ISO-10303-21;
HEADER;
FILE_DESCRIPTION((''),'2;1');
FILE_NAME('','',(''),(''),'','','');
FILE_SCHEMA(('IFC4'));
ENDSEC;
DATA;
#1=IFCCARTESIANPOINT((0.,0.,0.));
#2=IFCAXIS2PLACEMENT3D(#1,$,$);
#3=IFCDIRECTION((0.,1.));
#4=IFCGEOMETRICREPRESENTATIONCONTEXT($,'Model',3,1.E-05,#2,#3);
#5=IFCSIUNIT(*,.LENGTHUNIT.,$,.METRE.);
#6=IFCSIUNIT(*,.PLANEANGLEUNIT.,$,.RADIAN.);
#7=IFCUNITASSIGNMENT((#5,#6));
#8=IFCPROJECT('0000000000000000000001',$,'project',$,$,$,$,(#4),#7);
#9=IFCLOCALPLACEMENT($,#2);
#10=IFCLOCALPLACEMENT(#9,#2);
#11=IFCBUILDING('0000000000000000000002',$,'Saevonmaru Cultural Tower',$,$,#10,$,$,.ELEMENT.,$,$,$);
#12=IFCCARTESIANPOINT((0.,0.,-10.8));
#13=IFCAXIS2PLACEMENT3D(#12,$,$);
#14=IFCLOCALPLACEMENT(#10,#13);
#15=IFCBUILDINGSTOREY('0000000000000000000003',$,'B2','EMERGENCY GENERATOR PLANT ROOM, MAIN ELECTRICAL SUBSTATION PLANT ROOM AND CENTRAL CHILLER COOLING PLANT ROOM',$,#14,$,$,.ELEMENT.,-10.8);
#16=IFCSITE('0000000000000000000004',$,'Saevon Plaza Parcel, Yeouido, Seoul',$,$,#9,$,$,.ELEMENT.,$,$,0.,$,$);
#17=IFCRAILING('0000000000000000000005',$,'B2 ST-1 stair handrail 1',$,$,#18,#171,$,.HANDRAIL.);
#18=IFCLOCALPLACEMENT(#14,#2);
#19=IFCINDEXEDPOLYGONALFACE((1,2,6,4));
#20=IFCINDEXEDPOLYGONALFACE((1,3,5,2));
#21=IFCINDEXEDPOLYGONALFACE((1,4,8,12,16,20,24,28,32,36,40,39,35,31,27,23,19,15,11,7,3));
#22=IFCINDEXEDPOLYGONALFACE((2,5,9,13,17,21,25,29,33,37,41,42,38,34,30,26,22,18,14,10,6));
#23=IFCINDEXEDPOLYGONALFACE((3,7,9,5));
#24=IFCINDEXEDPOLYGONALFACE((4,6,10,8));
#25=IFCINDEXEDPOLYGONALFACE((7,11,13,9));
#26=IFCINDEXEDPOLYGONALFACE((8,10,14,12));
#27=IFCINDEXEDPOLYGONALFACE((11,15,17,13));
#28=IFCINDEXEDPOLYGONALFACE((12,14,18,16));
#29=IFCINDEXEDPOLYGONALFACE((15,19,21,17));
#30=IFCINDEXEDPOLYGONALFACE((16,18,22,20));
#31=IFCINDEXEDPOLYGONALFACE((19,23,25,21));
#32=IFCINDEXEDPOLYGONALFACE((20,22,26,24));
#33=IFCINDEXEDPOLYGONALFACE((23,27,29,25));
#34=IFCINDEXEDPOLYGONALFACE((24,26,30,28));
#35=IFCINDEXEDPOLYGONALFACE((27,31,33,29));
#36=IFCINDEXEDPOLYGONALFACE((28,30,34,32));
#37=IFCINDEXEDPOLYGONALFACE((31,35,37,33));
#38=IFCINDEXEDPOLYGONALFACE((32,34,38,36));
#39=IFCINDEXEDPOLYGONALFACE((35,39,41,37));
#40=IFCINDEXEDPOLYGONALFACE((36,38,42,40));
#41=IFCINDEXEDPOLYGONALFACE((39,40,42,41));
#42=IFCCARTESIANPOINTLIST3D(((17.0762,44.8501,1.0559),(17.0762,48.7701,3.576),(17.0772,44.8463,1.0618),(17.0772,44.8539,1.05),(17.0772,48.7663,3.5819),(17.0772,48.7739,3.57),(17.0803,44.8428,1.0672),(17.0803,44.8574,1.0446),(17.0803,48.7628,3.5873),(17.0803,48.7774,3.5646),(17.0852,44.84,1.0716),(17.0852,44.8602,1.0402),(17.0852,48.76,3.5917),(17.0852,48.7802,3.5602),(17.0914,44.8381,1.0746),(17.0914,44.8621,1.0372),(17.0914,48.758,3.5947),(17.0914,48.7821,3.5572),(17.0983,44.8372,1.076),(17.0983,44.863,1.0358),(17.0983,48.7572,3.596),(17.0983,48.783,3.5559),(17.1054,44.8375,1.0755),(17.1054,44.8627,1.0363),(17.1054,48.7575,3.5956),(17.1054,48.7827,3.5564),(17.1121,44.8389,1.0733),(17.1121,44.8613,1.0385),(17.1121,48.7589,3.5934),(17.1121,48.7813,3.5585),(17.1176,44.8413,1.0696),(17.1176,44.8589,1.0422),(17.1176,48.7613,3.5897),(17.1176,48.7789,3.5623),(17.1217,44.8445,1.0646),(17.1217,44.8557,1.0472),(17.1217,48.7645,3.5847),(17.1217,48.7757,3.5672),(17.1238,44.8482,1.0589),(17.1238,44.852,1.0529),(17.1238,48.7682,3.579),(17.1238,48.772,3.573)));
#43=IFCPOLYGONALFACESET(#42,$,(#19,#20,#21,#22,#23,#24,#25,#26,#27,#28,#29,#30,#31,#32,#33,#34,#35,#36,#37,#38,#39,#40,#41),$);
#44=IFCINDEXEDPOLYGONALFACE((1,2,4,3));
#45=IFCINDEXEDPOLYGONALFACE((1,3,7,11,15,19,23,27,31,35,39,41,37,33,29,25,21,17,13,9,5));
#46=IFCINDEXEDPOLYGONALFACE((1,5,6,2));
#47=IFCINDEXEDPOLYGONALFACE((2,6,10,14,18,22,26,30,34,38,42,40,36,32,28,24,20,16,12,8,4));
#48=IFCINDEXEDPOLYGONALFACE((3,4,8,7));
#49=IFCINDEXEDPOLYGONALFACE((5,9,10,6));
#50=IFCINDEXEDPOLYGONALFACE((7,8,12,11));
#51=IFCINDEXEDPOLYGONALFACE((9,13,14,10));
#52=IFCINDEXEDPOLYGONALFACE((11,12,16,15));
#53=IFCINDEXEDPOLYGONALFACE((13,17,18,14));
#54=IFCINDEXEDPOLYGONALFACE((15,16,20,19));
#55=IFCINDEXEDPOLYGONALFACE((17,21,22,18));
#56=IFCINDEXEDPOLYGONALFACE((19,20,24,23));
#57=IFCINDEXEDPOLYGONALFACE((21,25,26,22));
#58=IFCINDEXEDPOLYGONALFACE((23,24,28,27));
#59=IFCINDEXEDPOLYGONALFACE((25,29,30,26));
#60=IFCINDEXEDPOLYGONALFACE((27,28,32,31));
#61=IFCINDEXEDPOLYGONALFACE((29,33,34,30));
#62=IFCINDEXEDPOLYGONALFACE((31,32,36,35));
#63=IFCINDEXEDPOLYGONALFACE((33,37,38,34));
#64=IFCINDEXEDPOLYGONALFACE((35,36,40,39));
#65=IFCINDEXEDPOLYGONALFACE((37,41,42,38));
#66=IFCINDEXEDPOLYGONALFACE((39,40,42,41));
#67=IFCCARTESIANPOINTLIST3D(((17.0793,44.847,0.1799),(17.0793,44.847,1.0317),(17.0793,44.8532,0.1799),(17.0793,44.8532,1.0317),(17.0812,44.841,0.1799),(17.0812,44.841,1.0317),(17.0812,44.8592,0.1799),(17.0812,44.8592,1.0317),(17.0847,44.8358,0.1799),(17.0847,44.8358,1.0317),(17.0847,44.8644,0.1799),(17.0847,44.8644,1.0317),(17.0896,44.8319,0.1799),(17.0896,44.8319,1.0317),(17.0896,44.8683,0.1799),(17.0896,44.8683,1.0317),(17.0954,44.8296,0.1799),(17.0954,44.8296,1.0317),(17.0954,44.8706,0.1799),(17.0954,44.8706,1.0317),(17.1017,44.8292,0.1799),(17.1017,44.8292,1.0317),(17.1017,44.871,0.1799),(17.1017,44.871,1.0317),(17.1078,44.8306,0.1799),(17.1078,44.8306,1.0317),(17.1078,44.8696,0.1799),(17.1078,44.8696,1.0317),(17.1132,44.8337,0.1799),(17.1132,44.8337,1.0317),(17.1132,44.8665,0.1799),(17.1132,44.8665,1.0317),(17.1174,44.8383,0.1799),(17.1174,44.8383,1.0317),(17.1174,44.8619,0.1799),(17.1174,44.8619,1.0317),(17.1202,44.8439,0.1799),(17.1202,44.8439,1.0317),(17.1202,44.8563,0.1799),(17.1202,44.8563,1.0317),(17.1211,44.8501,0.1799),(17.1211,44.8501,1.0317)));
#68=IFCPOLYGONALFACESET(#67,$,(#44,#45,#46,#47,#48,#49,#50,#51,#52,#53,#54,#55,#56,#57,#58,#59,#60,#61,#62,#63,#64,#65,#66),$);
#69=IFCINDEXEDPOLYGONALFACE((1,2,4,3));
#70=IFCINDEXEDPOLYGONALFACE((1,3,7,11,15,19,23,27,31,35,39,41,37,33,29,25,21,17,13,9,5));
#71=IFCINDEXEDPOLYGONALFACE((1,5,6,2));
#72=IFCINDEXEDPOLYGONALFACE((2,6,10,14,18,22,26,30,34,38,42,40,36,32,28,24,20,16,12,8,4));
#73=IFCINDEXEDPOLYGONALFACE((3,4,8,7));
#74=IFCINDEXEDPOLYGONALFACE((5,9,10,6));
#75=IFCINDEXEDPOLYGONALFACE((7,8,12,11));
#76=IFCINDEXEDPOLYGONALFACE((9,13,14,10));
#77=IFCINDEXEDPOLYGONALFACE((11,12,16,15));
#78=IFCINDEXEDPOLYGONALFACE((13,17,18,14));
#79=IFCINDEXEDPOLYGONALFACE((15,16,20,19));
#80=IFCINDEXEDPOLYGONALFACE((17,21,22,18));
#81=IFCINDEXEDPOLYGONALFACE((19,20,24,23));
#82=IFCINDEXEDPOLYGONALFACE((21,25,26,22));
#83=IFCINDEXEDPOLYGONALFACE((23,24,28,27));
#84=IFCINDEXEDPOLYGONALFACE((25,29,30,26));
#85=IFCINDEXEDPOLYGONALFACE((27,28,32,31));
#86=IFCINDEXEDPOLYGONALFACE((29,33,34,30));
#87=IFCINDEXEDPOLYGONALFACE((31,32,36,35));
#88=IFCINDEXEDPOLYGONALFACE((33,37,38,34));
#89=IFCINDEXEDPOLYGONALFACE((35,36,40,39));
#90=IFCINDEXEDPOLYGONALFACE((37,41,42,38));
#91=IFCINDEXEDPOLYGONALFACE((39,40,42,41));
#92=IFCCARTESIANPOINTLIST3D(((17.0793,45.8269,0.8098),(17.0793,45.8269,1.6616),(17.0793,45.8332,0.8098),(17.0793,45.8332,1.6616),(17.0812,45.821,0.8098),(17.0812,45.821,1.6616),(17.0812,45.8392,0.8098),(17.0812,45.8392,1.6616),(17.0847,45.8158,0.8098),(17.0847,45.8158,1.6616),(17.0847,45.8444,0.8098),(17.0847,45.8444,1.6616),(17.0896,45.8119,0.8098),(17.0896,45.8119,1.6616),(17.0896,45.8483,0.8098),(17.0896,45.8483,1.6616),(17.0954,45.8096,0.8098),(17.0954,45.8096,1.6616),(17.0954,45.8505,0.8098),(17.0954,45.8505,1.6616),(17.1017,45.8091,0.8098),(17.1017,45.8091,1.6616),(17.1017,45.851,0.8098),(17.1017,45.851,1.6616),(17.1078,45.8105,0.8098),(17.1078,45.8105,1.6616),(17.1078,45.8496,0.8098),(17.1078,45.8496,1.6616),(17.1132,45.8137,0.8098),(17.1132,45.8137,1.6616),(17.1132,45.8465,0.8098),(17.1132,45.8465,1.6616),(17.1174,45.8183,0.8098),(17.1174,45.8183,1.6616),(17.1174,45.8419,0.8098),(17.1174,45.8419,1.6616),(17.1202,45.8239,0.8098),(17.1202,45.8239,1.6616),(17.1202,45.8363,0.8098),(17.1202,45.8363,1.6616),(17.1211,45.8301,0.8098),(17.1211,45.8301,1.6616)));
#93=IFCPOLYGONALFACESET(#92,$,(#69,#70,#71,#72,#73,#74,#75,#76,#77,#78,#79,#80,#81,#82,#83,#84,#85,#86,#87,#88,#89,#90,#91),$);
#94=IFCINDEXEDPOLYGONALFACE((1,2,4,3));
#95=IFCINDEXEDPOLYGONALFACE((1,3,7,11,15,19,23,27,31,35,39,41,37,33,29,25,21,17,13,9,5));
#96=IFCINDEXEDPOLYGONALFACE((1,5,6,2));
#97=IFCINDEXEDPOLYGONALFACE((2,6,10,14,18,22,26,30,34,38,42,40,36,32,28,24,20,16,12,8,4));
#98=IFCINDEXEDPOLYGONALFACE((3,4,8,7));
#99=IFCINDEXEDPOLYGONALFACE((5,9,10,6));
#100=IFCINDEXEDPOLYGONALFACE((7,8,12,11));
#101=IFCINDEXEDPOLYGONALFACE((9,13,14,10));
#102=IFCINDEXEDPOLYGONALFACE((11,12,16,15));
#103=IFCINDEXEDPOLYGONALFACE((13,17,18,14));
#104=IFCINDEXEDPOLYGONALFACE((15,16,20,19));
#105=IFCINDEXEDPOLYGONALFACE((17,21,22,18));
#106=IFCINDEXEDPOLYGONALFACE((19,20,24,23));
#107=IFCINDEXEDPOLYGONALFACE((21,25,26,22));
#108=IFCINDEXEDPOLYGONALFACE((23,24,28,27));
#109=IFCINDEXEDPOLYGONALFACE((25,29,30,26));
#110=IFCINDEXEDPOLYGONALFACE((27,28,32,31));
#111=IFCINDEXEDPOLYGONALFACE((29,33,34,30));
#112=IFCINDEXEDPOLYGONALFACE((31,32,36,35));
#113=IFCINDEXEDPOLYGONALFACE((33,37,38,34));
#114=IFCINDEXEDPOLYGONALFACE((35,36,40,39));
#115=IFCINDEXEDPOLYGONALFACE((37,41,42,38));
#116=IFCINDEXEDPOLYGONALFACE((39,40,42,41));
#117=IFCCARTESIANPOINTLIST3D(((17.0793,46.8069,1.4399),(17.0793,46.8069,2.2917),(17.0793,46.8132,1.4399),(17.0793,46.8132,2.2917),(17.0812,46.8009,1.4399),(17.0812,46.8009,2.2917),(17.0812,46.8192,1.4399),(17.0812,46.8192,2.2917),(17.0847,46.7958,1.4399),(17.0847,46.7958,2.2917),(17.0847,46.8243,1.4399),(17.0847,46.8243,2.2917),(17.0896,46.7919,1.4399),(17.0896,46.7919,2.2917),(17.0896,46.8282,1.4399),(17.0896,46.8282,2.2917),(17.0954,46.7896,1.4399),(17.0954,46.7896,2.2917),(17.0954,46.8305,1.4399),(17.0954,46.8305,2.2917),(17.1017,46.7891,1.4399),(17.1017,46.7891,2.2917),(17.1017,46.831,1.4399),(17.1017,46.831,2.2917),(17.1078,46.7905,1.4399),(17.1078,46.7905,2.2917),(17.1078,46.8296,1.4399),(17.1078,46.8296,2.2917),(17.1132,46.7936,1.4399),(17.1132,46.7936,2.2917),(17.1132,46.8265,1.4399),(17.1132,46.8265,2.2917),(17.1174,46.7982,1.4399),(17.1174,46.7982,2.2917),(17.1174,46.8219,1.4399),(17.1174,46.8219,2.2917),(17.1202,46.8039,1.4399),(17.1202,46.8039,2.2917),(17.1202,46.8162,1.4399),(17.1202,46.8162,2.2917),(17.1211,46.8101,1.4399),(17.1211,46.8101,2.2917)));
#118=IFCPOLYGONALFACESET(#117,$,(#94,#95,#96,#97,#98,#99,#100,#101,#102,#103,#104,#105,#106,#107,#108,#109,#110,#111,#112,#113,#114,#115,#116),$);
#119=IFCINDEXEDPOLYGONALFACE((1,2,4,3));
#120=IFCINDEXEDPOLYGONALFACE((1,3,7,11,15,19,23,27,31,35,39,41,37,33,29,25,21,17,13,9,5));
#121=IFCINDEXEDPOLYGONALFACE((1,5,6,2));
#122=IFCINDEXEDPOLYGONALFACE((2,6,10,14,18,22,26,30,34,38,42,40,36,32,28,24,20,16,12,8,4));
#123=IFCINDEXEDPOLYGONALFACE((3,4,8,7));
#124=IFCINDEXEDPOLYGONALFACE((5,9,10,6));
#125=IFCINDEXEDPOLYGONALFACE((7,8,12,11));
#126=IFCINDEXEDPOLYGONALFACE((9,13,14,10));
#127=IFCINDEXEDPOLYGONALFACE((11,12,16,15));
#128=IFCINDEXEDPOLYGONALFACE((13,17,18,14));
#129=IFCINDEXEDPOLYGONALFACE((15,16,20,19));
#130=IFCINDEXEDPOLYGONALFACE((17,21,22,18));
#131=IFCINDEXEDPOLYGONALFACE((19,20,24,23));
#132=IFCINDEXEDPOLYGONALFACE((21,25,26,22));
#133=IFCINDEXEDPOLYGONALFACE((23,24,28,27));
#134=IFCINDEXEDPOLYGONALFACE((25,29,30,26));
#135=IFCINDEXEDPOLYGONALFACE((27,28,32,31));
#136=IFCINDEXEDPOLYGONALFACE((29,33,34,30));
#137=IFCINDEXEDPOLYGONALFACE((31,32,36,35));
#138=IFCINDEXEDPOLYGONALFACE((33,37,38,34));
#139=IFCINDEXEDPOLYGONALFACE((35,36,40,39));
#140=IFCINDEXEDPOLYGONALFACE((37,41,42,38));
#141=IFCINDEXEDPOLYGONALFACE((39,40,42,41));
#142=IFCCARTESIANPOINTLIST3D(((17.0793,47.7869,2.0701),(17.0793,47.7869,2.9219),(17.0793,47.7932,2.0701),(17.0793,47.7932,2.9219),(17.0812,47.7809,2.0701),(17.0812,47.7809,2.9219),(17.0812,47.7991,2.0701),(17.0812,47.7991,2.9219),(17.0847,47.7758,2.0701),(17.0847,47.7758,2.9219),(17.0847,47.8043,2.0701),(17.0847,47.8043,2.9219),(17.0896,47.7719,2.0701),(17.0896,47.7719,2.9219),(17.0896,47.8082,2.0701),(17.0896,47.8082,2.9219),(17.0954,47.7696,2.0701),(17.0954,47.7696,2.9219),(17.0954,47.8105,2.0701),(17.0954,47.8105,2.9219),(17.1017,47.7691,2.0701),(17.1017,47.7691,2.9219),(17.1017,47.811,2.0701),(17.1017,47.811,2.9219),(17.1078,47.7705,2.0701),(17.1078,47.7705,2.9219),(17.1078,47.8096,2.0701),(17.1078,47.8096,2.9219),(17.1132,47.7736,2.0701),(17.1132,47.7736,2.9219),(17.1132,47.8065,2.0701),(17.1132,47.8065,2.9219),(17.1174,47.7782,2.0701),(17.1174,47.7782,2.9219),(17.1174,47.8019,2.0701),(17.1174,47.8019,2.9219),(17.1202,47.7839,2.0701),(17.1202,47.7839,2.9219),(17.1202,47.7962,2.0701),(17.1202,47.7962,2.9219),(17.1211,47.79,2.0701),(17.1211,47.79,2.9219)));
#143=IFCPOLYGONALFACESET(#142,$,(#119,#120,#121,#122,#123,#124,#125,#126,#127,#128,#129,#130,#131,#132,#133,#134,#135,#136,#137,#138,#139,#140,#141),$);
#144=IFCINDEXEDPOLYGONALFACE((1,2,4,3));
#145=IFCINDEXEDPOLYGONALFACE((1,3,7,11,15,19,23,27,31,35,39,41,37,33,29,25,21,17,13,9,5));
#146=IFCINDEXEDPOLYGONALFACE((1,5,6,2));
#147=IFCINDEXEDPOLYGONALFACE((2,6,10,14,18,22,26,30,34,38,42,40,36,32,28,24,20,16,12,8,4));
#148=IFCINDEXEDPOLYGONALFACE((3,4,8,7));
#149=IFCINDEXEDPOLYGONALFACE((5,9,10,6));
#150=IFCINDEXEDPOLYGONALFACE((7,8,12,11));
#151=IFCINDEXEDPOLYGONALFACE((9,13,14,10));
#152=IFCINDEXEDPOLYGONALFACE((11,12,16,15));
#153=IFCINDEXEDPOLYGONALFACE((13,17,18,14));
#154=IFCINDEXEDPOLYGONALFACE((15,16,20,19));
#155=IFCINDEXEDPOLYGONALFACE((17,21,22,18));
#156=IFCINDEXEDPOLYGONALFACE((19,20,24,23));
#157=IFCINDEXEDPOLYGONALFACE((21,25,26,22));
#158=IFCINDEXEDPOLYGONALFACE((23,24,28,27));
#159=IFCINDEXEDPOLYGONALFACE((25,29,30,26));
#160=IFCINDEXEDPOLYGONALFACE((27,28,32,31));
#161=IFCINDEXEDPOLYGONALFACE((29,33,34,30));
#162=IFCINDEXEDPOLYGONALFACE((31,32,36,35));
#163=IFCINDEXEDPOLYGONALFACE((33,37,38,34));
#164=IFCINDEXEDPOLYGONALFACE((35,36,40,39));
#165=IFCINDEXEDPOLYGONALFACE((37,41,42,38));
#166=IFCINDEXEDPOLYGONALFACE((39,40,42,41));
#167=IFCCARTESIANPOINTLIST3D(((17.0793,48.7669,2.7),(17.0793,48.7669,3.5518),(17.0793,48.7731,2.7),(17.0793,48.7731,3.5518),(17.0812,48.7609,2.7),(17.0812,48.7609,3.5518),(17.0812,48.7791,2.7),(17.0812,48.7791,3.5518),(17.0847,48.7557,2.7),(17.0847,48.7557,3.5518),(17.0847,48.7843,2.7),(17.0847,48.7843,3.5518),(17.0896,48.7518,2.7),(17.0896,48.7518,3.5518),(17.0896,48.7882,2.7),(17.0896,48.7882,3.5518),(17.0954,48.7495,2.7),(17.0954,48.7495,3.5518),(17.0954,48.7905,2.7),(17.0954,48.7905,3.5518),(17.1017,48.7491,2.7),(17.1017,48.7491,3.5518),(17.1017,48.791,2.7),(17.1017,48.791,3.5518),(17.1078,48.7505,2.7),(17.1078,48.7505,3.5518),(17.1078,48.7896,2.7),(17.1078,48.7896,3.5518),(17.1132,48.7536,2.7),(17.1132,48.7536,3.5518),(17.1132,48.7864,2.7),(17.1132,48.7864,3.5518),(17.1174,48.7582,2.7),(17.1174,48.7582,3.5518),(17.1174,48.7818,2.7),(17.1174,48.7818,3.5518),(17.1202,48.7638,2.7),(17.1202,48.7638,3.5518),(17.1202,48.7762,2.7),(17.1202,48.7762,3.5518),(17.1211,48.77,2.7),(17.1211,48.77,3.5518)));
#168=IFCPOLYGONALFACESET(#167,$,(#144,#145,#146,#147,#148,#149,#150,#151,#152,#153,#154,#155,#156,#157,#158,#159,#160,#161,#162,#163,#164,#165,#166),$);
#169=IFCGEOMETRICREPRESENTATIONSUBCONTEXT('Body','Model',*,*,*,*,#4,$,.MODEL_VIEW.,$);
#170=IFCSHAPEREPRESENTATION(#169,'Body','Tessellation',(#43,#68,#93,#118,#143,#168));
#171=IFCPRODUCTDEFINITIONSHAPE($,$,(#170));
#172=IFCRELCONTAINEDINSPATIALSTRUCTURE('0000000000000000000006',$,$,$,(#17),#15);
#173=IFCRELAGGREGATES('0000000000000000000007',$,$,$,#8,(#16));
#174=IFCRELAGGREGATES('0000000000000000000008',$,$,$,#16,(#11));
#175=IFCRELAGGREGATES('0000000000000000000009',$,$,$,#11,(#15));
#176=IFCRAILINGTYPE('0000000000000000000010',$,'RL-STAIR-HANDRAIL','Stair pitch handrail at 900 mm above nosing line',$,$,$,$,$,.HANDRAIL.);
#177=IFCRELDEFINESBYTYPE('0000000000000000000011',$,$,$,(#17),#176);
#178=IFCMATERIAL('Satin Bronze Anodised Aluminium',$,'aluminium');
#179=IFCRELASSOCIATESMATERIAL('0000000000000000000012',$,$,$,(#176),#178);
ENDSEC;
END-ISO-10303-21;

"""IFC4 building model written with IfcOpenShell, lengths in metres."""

from ifc_helpers import new_model, si_unit, direction, frame, origin, origin_2d, place, context, subcontext, project, spatial, circle, extrude, material, type_object, element, save


model = new_model("IFC4")

# Units and contexts
model_context = context("Model", 3, precision=1e-05, world=origin(), true_north=direction((0.0, 1.0)))
body_context = subcontext(model_context, "Body", "Model", "MODEL_VIEW")
ifc_project = project(units=[si_unit("LENGTHUNIT", "METRE"), si_unit("PLANEANGLEUNIT", "RADIAN")], contexts=[model_context])

# Site, building, storey
site_placement = place(None, origin())
site = spatial("IfcSite", under=ifc_project, at=site_placement, Name="Saevon Plaza Parcel, Yeouido, Seoul", CompositionType="ELEMENT", RefElevation=0.0)
building_placement = place(site_placement, origin())
building = spatial("IfcBuilding", under=site, at=building_placement, Name="Saevonmaru Cultural Tower", CompositionType="ELEMENT")
storey_placement = place(building_placement, frame((0.0, 0.0, -10.8)))
storey = spatial("IfcBuildingStorey", under=building, at=storey_placement, Name="B2", Description="EMERGENCY GENERATOR PLANT ROOM, MAIN ELECTRICAL SUBSTATION PLANT ROOM AND CENTRAL CHILLER COOLING PLANT ROOM", CompositionType="ELEMENT", Elevation=-10.8)

# Shared definitions
ifc_material_1 = material(Name="Satin Bronze Anodised Aluminium", Category="aluminium")

# Railing
railing_type_1 = type_object("IfcRailingType", Name="RL-STAIR-HANDRAIL", Description="Stair pitch handrail at 900 mm above nosing line", PredefinedType="HANDRAIL", material=ifc_material_1)
railing_1_placement = place(storey_placement, frame((17.1001, 44.8501, 0.1799)))
element("IfcRailing", 1, at=railing_1_placement, inside=storey, type_object=railing_type_1, Name="B2 ST-1 stair handrail 1", PredefinedType="HANDRAIL", context=body_context, shape_type="SweptSolid", body=[
    extrude(circle(Radius=0.0239, at=origin_2d()), frame((0.0, 0.0, 0.876), z_axis=(0.0, 0.841172, 0.540768), x_axis=(-1.0, 0.0, 0.0)), (0.0, 0.0, 1.0), 4.6602),
    extrude(circle(Radius=0.021, at=origin_2d()), origin(), (0.0, 0.0, 1.0), 0.8518),
    extrude(circle(Radius=0.021, at=origin_2d()), frame((0.0, 0.98, 0.6299)), (0.0, 0.0, 1.0), 0.8518),
    extrude(circle(Radius=0.021, at=origin_2d()), frame((0.0, 1.96, 1.26)), (0.0, 0.0, 1.0), 0.8518),
    extrude(circle(Radius=0.021, at=origin_2d()), frame((0.0, 2.9399, 1.8901)), (0.0, 0.0, 1.0), 0.8518),
    extrude(circle(Radius=0.021, at=origin_2d()), frame((0.0, 3.9199, 2.52)), (0.0, 0.0, 1.0), 0.8518),
])

save(model, "model.ifc")
